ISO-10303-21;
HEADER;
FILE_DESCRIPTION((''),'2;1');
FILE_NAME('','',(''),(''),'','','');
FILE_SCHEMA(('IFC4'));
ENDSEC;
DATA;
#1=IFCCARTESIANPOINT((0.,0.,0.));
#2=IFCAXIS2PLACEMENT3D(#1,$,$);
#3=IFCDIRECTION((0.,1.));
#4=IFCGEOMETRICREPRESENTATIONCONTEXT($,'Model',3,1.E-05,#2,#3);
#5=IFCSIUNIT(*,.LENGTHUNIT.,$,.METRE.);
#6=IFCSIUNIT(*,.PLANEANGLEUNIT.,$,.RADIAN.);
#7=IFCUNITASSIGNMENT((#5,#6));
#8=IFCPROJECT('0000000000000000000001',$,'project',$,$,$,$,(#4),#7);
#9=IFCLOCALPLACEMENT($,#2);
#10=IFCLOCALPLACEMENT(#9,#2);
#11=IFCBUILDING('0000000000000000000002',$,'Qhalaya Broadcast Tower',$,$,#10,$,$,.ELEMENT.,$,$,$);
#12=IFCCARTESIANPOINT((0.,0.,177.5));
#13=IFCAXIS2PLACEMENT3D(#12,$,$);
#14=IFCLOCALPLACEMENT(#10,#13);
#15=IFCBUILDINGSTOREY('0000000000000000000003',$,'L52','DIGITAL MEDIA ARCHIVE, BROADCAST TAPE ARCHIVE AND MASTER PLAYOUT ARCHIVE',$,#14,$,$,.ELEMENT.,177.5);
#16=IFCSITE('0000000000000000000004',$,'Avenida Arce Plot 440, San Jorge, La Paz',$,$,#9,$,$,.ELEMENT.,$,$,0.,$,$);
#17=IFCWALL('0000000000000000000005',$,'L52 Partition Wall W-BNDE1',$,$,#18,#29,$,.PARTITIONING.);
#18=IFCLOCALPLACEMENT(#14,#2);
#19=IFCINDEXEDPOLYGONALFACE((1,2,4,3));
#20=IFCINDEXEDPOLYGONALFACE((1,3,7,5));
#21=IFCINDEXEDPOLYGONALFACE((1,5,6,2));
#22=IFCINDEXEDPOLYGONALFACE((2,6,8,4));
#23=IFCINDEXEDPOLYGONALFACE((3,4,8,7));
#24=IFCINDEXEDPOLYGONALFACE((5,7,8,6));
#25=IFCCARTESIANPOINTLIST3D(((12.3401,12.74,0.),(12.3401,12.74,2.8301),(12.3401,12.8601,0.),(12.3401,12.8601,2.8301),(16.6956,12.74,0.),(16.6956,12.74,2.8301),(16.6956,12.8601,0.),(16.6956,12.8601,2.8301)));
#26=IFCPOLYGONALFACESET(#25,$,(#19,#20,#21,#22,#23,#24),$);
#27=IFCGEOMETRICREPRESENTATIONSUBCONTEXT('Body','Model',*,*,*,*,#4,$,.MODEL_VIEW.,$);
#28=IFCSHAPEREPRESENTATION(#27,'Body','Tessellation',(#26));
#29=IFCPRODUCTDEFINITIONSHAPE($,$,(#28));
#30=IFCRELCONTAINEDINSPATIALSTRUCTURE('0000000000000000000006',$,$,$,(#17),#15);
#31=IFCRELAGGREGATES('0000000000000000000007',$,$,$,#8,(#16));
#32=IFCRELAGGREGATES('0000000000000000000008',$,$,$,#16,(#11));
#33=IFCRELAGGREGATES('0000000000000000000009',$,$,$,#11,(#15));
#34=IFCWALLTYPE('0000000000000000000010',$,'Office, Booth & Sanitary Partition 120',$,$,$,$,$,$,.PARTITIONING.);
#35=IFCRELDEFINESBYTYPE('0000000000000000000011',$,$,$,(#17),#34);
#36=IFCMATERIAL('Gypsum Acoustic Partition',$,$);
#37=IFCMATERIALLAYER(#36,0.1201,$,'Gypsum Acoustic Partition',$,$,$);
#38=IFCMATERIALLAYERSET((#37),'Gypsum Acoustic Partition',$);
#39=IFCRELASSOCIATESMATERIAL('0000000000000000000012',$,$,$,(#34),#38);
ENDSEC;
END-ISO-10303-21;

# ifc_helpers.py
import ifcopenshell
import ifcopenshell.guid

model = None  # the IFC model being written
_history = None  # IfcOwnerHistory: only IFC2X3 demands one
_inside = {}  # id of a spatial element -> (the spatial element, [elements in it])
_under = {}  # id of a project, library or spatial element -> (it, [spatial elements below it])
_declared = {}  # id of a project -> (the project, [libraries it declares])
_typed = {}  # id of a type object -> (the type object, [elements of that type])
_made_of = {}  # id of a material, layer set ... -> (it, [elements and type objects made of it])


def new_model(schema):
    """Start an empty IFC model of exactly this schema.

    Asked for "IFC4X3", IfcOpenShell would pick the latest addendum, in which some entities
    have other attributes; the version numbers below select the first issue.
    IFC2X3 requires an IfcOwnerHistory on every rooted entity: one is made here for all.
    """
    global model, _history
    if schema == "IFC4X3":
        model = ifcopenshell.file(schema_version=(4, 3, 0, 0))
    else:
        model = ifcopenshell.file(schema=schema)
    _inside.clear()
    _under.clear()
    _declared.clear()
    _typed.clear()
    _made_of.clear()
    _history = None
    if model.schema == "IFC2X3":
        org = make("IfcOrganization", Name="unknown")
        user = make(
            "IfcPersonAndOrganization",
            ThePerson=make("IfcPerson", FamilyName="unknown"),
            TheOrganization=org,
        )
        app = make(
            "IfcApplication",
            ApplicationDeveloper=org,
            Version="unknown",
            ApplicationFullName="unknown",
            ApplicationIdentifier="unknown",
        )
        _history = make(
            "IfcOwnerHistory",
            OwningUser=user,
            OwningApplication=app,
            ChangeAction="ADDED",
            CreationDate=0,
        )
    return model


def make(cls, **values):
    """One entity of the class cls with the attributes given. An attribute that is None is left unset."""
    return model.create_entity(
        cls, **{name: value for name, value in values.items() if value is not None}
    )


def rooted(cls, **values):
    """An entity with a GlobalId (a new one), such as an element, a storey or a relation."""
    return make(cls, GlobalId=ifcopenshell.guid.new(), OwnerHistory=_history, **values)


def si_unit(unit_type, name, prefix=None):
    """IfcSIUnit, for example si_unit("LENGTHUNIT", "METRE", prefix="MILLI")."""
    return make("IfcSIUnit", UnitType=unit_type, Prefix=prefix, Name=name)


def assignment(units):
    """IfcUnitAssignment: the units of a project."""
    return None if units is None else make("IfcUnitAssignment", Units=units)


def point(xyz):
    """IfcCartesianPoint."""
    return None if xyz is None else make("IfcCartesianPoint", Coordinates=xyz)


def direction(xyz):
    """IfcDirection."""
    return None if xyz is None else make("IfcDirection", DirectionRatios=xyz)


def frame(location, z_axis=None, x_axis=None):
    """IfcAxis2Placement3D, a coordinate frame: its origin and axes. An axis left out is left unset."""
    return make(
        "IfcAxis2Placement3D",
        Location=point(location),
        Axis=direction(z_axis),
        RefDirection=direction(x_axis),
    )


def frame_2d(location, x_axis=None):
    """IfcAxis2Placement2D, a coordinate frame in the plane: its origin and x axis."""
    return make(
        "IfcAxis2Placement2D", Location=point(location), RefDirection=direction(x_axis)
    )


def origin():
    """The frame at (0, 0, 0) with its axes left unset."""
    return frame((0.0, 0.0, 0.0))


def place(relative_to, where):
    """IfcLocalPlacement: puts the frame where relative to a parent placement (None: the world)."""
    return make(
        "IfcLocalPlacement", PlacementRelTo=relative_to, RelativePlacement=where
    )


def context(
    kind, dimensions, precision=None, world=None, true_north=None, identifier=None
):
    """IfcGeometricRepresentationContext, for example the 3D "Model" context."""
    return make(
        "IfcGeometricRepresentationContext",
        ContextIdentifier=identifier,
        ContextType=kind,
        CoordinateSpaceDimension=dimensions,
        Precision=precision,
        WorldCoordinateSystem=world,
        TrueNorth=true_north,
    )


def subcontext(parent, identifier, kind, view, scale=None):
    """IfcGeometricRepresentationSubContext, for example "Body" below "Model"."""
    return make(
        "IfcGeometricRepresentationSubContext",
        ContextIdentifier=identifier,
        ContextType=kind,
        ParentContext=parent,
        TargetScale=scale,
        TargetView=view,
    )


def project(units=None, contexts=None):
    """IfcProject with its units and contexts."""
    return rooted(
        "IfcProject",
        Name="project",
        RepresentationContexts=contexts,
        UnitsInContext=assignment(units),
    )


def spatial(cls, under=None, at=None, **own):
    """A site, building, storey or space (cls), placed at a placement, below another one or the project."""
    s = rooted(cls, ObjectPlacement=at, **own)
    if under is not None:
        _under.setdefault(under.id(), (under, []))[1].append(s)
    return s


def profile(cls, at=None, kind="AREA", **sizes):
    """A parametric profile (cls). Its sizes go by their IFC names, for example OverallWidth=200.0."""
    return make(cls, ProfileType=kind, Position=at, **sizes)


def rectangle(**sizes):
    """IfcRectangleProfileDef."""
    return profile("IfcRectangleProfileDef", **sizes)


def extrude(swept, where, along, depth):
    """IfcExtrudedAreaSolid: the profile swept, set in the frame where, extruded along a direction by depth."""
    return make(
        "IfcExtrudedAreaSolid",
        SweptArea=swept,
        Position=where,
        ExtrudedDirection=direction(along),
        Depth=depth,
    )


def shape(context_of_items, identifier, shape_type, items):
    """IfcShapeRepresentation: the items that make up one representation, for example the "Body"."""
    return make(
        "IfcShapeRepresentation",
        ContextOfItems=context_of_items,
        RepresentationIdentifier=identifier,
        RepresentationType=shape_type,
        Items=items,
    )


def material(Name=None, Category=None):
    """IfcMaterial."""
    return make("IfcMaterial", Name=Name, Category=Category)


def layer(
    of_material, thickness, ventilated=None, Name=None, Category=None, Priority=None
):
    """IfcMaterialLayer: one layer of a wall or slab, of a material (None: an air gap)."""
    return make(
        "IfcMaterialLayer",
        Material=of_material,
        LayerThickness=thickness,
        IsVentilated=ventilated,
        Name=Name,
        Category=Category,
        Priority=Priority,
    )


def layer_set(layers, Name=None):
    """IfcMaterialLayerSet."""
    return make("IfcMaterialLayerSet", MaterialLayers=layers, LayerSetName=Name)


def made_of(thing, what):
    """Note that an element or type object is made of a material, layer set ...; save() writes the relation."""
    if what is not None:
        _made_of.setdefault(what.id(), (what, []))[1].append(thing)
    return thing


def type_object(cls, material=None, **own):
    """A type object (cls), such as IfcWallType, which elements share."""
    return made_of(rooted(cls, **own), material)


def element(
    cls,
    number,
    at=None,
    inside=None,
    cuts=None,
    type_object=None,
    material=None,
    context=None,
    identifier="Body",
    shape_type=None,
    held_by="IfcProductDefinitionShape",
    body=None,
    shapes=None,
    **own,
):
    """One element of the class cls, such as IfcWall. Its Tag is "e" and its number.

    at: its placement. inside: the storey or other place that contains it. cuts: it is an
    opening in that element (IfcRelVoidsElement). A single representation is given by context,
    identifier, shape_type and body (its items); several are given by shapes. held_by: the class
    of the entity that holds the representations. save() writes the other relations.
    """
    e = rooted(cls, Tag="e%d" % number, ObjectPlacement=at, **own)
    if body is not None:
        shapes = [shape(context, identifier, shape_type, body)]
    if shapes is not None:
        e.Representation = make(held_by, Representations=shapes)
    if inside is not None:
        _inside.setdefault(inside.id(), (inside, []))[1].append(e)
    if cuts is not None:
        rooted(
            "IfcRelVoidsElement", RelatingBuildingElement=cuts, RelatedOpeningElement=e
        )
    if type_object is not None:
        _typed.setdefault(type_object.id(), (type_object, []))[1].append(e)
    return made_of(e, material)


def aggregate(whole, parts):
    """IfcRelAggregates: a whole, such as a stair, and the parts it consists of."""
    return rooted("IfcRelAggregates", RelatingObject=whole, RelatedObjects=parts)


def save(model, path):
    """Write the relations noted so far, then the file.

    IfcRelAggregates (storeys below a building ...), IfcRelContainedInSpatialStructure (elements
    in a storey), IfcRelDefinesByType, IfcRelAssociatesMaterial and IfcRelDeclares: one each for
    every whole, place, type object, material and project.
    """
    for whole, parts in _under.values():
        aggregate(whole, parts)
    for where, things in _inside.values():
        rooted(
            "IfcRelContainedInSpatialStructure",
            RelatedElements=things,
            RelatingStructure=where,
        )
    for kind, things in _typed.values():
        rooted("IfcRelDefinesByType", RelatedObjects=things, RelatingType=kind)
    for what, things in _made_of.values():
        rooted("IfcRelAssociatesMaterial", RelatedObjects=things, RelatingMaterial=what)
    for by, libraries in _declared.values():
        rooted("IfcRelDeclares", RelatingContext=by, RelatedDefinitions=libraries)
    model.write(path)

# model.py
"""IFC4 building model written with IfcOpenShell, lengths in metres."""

from ifc_helpers import new_model, si_unit, direction, frame, frame_2d, origin, place, context, subcontext, project, spatial, rectangle, extrude, material, layer, layer_set, type_object, element, save


model = new_model("IFC4")

# Units and contexts
model_context = context("Model", 3, precision=1e-05, world=origin(), true_north=direction((0.0, 1.0)))
body_context = subcontext(model_context, "Body", "Model", "MODEL_VIEW")
ifc_project = project(units=[si_unit("LENGTHUNIT", "METRE"), si_unit("PLANEANGLEUNIT", "RADIAN")], contexts=[model_context])

# Site, building, storey
site_placement = place(None, origin())
site = spatial("IfcSite", under=ifc_project, at=site_placement, Name="Avenida Arce Plot 440, San Jorge, La Paz", CompositionType="ELEMENT", RefElevation=0.0)
building_placement = place(site_placement, origin())
building = spatial("IfcBuilding", under=site, at=building_placement, Name="Qhalaya Broadcast Tower", CompositionType="ELEMENT")
storey_placement = place(building_placement, frame((0.0, 0.0, 177.5)))
storey = spatial("IfcBuildingStorey", under=building, at=storey_placement, Name="L52", Description="DIGITAL MEDIA ARCHIVE, BROADCAST TAPE ARCHIVE AND MASTER PLAYOUT ARCHIVE", CompositionType="ELEMENT", Elevation=177.5)

# Wall
ifc_material_1 = material(Name="Gypsum Acoustic Partition")
ifc_layer_1 = layer(ifc_material_1, 0.1201, Name="Gypsum Acoustic Partition")
ifc_layer_set_1 = layer_set([ifc_layer_1], Name="Gypsum Acoustic Partition")
wall_type = type_object("IfcWallType", Name="Office, Booth & Sanitary Partition 120", PredefinedType="PARTITIONING", material=ifc_layer_set_1)
wall_placement = place(storey_placement, frame((12.3401, 12.8, 0.0), z_axis=(0.0, 0.0, 1.0), x_axis=(1.0, 0.0, 0.0)))
element("IfcWall", 1, at=wall_placement, inside=storey, type_object=wall_type, Name="L52 Partition Wall W-BNDE1", PredefinedType="PARTITIONING", context=body_context, shape_type="SweptSolid", body=[
    extrude(rectangle(XDim=4.3555, YDim=0.1201, at=frame_2d((2.1777, 0.0))), origin(), (0.0, 0.0, 1.0), 2.8301),
])

save(model, "model.ifc")
